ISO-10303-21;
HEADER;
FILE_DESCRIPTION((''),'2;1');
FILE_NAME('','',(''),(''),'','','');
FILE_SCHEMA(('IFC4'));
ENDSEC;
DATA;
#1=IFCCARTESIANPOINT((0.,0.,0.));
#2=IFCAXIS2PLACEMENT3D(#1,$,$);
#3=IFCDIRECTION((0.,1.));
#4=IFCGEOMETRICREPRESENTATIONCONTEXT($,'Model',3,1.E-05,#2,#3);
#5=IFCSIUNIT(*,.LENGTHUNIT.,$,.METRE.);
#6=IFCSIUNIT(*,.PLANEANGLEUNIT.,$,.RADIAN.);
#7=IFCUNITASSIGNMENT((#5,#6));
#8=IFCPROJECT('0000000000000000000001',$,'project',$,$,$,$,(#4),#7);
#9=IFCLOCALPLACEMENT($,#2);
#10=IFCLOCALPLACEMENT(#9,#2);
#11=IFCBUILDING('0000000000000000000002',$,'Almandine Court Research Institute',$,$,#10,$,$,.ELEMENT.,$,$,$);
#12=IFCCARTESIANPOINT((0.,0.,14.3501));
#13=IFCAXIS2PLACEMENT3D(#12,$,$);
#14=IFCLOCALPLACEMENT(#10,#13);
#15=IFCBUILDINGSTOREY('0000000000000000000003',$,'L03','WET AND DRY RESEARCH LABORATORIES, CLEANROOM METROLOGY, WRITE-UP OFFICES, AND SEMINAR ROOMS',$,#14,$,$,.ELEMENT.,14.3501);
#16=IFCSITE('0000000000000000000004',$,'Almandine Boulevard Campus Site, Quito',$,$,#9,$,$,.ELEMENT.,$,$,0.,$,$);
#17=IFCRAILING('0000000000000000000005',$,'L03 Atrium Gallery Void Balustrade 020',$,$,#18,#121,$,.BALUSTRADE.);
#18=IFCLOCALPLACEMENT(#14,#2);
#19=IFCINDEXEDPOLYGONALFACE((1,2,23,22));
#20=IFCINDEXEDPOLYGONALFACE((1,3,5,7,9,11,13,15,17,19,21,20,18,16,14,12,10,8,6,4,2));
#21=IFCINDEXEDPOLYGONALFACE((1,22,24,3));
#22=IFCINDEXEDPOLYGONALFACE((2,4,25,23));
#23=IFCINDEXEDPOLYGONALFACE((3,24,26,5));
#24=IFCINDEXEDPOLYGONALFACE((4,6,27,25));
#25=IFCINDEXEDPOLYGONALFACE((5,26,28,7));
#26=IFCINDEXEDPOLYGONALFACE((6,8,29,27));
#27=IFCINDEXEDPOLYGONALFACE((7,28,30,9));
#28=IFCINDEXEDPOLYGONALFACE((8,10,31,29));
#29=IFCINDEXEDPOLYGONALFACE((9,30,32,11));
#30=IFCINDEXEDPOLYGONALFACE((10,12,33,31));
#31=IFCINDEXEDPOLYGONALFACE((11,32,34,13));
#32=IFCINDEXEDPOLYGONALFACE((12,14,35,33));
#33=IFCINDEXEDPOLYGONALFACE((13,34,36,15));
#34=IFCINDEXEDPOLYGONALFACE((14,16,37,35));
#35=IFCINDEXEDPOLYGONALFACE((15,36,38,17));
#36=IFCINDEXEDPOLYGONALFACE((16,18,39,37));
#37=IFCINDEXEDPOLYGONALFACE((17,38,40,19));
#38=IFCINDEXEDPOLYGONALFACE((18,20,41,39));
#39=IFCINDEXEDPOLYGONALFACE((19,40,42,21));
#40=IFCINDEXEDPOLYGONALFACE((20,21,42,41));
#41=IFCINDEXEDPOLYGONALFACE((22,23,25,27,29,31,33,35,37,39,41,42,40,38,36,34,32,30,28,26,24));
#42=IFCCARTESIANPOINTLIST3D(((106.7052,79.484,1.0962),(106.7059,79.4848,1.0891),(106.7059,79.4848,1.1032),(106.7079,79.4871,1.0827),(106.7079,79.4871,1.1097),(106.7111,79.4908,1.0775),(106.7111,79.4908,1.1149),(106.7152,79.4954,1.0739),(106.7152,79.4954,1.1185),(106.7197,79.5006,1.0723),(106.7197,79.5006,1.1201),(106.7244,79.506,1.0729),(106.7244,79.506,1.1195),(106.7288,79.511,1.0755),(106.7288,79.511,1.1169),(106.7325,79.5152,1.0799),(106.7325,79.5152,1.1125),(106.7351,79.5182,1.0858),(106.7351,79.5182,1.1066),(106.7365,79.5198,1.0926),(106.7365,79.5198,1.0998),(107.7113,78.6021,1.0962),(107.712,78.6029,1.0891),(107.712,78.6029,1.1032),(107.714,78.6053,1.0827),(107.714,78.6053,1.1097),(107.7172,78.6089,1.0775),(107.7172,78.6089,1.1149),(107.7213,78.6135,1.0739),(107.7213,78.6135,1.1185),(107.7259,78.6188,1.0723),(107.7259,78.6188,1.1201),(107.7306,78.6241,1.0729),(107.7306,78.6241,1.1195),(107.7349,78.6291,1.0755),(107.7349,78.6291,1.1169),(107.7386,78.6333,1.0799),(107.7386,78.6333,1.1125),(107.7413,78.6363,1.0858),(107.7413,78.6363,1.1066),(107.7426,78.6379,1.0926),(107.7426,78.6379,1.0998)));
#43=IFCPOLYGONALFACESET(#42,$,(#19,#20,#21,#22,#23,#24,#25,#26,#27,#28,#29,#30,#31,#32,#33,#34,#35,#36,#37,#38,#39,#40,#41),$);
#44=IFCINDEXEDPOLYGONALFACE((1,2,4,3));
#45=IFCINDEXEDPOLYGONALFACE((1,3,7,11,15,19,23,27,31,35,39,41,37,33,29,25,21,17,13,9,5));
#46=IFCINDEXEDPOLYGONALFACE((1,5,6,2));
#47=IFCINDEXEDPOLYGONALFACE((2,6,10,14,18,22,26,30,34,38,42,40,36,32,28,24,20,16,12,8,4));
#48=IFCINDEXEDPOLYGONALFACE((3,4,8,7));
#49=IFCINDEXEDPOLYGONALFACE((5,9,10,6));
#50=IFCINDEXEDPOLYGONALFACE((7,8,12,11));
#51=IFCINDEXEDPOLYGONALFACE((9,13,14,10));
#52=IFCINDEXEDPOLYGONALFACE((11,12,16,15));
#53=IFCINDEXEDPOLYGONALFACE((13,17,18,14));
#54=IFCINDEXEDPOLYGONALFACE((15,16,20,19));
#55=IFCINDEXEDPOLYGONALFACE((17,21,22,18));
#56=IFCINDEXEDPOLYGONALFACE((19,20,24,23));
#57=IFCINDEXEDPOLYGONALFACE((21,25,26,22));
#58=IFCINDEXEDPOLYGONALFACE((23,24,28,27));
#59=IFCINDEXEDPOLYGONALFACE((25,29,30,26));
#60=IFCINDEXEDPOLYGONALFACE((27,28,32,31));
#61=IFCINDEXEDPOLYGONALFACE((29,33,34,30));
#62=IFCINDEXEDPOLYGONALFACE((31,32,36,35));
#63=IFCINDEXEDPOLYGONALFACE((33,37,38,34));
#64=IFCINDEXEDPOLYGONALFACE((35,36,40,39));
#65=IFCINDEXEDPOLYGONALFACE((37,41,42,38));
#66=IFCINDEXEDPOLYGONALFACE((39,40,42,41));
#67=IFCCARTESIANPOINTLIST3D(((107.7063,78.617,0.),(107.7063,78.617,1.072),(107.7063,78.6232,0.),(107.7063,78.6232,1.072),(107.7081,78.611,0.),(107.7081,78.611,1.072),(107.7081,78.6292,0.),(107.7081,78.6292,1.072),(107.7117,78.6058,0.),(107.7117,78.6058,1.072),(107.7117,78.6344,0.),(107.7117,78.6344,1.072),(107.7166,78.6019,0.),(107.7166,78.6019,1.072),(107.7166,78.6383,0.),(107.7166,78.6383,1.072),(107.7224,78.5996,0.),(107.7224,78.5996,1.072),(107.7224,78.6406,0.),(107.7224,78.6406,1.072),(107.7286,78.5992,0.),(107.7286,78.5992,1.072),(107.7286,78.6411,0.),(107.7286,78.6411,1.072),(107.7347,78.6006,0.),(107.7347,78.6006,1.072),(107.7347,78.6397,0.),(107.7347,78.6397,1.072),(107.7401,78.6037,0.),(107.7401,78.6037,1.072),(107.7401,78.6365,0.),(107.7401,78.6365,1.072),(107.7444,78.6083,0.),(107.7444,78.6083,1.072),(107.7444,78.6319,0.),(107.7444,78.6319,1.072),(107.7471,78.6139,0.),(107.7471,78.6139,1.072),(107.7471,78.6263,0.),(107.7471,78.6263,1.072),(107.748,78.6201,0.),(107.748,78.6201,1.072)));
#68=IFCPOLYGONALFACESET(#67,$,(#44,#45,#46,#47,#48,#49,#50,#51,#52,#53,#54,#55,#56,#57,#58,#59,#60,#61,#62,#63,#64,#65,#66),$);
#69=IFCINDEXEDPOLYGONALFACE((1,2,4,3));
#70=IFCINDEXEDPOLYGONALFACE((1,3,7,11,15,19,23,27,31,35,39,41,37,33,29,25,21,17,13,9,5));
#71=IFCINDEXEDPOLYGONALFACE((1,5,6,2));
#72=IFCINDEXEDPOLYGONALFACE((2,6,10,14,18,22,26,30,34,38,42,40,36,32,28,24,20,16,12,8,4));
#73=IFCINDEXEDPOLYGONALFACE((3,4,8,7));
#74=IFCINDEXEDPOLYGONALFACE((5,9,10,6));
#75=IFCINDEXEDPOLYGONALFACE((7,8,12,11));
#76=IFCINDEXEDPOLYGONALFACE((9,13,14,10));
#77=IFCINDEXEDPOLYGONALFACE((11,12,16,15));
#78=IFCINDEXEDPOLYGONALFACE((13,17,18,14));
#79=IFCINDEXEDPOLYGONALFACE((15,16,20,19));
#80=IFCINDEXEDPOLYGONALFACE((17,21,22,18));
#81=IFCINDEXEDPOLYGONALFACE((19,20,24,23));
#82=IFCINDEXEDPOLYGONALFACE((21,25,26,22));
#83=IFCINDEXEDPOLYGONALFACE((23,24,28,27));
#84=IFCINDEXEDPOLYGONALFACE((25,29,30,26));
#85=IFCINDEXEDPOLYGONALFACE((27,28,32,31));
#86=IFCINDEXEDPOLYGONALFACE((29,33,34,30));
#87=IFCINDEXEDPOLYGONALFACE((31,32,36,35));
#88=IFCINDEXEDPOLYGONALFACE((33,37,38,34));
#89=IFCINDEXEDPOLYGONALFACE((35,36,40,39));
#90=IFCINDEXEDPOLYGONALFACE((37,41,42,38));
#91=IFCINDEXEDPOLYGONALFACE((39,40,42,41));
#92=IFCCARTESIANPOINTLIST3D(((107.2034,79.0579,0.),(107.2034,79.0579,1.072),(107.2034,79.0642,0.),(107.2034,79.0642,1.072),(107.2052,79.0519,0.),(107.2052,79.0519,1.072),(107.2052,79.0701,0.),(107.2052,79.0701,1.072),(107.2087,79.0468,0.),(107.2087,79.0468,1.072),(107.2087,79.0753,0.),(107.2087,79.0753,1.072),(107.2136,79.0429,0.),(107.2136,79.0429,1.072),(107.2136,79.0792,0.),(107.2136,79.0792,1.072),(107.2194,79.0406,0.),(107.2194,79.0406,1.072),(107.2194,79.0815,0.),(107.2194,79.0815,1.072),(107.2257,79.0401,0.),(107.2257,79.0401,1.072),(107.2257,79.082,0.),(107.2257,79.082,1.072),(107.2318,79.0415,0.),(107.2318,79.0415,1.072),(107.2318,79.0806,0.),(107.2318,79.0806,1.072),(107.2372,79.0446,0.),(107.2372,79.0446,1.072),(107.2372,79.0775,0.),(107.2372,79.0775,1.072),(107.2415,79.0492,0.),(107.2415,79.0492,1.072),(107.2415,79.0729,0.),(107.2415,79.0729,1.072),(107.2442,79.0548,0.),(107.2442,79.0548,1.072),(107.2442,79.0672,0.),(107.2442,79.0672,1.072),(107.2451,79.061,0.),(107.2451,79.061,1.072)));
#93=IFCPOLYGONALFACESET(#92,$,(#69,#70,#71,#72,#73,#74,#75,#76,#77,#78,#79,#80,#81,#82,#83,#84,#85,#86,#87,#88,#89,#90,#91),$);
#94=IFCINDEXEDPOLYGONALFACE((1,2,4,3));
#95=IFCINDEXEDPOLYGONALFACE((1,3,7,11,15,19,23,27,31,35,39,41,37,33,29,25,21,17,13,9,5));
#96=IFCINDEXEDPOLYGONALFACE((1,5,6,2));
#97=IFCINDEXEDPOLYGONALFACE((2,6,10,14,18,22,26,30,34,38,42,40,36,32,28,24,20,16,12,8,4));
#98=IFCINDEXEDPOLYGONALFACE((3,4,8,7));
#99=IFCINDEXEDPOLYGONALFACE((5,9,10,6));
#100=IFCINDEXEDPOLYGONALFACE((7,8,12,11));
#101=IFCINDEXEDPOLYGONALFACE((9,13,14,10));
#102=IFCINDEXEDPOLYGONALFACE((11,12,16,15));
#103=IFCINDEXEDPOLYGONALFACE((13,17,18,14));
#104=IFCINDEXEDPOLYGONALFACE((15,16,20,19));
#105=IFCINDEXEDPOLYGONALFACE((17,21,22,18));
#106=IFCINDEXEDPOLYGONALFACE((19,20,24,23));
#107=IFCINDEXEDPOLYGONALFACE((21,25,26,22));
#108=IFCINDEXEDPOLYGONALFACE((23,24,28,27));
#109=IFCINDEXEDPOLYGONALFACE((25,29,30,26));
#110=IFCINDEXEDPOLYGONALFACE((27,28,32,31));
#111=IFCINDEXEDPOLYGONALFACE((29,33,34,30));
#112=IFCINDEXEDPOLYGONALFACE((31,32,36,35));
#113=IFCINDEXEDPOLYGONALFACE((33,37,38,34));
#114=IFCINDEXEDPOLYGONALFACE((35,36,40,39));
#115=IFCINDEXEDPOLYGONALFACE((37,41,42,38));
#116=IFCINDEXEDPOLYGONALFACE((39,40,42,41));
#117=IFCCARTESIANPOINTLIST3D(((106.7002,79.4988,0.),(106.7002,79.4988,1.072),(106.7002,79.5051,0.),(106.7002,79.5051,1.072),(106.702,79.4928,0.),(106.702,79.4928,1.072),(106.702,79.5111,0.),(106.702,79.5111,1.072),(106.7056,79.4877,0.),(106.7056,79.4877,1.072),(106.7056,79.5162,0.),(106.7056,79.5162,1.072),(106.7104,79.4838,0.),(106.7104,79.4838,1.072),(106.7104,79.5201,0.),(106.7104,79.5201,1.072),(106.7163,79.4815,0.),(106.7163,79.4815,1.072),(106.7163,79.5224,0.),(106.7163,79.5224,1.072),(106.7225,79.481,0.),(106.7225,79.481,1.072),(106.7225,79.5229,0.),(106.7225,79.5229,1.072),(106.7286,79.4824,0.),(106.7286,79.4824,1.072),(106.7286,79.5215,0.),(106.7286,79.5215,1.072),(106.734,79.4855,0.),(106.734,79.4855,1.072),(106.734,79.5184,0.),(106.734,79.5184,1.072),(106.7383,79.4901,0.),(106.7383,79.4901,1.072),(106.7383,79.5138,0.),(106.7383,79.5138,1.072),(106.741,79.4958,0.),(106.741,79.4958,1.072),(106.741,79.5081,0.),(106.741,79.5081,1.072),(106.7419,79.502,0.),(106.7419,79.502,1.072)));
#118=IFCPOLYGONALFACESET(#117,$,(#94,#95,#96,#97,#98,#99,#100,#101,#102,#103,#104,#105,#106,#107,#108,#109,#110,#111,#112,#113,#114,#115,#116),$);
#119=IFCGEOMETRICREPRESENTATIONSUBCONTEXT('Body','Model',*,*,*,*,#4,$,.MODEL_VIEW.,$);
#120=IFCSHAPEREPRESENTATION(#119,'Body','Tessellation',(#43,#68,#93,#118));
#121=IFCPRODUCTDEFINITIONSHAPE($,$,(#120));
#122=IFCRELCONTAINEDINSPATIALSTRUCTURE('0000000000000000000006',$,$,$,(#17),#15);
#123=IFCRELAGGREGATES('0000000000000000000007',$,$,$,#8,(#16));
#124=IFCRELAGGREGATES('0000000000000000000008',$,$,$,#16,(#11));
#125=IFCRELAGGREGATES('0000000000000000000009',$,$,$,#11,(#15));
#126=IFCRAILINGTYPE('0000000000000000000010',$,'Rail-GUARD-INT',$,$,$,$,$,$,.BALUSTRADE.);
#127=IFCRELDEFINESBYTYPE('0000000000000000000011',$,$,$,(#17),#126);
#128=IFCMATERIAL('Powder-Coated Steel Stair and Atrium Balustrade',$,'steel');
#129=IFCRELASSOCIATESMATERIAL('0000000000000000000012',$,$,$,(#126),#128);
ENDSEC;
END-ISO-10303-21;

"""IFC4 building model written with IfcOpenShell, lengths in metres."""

from ifc_helpers import new_model, si_unit, direction, frame, origin, origin_2d, place, context, subcontext, project, spatial, circle, extrude, material, type_object, element, save


model = new_model("IFC4")

# Units and contexts
model_context = context("Model", 3, precision=1e-05, world=origin(), true_north=direction((0.0, 1.0)))
body_context = subcontext(model_context, "Body", "Model", "MODEL_VIEW")
ifc_project = project(units=[si_unit("LENGTHUNIT", "METRE"), si_unit("PLANEANGLEUNIT", "RADIAN")], contexts=[model_context])

# Site, building, storey
site_placement = place(None, origin())
site = spatial("IfcSite", under=ifc_project, at=site_placement, Name="Almandine Boulevard Campus Site, Quito", CompositionType="ELEMENT", RefElevation=0.0)
building_placement = place(site_placement, origin())
building = spatial("IfcBuilding", under=site, at=building_placement, Name="Almandine Court Research Institute", CompositionType="ELEMENT")
storey_placement = place(building_placement, frame((0.0, 0.0, 14.3501)))
storey = spatial("IfcBuildingStorey", under=building, at=storey_placement, Name="L03", Description="WET AND DRY RESEARCH LABORATORIES, CLEANROOM METROLOGY, WRITE-UP OFFICES, AND SEMINAR ROOMS", CompositionType="ELEMENT", Elevation=14.3501)

# Railing
ifc_material_1 = material(Name="Powder-Coated Steel Stair and Atrium Balustrade", Category="steel")
railing_type = type_object("IfcRailingType", Name="Rail-GUARD-INT", PredefinedType="BALUSTRADE", material=ifc_material_1)
railing_1_placement = place(storey_placement, frame((107.7271, 78.6201, 0.0)))
element("IfcRailing", 1, at=railing_1_placement, inside=storey, type_object=railing_type, Name="L03 Atrium Gallery Void Balustrade 020", PredefinedType="BALUSTRADE", context=body_context, shape_type="SweptSolid", body=[
    extrude(circle(Radius=0.0239, at=origin_2d()), frame((0.0, 0.0, 1.0962), z_axis=(-0.752023, 0.659137, 0.0), x_axis=(-0.659137, -0.752023, 0.0)), (0.0, 0.0, 1.0), 1.3379),
    extrude(circle(Radius=0.021, at=origin_2d()), origin(), (0.0, 0.0, 1.0), 1.072),
    extrude(circle(Radius=0.021, at=origin_2d()), frame((-0.5029, 0.4409, 0.0)), (0.0, 0.0, 1.0), 1.072),
    extrude(circle(Radius=0.021, at=origin_2d()), frame((-1.0061, 0.8818, 0.0)), (0.0, 0.0, 1.0), 1.072),
])

save(model, "model.ifc")
